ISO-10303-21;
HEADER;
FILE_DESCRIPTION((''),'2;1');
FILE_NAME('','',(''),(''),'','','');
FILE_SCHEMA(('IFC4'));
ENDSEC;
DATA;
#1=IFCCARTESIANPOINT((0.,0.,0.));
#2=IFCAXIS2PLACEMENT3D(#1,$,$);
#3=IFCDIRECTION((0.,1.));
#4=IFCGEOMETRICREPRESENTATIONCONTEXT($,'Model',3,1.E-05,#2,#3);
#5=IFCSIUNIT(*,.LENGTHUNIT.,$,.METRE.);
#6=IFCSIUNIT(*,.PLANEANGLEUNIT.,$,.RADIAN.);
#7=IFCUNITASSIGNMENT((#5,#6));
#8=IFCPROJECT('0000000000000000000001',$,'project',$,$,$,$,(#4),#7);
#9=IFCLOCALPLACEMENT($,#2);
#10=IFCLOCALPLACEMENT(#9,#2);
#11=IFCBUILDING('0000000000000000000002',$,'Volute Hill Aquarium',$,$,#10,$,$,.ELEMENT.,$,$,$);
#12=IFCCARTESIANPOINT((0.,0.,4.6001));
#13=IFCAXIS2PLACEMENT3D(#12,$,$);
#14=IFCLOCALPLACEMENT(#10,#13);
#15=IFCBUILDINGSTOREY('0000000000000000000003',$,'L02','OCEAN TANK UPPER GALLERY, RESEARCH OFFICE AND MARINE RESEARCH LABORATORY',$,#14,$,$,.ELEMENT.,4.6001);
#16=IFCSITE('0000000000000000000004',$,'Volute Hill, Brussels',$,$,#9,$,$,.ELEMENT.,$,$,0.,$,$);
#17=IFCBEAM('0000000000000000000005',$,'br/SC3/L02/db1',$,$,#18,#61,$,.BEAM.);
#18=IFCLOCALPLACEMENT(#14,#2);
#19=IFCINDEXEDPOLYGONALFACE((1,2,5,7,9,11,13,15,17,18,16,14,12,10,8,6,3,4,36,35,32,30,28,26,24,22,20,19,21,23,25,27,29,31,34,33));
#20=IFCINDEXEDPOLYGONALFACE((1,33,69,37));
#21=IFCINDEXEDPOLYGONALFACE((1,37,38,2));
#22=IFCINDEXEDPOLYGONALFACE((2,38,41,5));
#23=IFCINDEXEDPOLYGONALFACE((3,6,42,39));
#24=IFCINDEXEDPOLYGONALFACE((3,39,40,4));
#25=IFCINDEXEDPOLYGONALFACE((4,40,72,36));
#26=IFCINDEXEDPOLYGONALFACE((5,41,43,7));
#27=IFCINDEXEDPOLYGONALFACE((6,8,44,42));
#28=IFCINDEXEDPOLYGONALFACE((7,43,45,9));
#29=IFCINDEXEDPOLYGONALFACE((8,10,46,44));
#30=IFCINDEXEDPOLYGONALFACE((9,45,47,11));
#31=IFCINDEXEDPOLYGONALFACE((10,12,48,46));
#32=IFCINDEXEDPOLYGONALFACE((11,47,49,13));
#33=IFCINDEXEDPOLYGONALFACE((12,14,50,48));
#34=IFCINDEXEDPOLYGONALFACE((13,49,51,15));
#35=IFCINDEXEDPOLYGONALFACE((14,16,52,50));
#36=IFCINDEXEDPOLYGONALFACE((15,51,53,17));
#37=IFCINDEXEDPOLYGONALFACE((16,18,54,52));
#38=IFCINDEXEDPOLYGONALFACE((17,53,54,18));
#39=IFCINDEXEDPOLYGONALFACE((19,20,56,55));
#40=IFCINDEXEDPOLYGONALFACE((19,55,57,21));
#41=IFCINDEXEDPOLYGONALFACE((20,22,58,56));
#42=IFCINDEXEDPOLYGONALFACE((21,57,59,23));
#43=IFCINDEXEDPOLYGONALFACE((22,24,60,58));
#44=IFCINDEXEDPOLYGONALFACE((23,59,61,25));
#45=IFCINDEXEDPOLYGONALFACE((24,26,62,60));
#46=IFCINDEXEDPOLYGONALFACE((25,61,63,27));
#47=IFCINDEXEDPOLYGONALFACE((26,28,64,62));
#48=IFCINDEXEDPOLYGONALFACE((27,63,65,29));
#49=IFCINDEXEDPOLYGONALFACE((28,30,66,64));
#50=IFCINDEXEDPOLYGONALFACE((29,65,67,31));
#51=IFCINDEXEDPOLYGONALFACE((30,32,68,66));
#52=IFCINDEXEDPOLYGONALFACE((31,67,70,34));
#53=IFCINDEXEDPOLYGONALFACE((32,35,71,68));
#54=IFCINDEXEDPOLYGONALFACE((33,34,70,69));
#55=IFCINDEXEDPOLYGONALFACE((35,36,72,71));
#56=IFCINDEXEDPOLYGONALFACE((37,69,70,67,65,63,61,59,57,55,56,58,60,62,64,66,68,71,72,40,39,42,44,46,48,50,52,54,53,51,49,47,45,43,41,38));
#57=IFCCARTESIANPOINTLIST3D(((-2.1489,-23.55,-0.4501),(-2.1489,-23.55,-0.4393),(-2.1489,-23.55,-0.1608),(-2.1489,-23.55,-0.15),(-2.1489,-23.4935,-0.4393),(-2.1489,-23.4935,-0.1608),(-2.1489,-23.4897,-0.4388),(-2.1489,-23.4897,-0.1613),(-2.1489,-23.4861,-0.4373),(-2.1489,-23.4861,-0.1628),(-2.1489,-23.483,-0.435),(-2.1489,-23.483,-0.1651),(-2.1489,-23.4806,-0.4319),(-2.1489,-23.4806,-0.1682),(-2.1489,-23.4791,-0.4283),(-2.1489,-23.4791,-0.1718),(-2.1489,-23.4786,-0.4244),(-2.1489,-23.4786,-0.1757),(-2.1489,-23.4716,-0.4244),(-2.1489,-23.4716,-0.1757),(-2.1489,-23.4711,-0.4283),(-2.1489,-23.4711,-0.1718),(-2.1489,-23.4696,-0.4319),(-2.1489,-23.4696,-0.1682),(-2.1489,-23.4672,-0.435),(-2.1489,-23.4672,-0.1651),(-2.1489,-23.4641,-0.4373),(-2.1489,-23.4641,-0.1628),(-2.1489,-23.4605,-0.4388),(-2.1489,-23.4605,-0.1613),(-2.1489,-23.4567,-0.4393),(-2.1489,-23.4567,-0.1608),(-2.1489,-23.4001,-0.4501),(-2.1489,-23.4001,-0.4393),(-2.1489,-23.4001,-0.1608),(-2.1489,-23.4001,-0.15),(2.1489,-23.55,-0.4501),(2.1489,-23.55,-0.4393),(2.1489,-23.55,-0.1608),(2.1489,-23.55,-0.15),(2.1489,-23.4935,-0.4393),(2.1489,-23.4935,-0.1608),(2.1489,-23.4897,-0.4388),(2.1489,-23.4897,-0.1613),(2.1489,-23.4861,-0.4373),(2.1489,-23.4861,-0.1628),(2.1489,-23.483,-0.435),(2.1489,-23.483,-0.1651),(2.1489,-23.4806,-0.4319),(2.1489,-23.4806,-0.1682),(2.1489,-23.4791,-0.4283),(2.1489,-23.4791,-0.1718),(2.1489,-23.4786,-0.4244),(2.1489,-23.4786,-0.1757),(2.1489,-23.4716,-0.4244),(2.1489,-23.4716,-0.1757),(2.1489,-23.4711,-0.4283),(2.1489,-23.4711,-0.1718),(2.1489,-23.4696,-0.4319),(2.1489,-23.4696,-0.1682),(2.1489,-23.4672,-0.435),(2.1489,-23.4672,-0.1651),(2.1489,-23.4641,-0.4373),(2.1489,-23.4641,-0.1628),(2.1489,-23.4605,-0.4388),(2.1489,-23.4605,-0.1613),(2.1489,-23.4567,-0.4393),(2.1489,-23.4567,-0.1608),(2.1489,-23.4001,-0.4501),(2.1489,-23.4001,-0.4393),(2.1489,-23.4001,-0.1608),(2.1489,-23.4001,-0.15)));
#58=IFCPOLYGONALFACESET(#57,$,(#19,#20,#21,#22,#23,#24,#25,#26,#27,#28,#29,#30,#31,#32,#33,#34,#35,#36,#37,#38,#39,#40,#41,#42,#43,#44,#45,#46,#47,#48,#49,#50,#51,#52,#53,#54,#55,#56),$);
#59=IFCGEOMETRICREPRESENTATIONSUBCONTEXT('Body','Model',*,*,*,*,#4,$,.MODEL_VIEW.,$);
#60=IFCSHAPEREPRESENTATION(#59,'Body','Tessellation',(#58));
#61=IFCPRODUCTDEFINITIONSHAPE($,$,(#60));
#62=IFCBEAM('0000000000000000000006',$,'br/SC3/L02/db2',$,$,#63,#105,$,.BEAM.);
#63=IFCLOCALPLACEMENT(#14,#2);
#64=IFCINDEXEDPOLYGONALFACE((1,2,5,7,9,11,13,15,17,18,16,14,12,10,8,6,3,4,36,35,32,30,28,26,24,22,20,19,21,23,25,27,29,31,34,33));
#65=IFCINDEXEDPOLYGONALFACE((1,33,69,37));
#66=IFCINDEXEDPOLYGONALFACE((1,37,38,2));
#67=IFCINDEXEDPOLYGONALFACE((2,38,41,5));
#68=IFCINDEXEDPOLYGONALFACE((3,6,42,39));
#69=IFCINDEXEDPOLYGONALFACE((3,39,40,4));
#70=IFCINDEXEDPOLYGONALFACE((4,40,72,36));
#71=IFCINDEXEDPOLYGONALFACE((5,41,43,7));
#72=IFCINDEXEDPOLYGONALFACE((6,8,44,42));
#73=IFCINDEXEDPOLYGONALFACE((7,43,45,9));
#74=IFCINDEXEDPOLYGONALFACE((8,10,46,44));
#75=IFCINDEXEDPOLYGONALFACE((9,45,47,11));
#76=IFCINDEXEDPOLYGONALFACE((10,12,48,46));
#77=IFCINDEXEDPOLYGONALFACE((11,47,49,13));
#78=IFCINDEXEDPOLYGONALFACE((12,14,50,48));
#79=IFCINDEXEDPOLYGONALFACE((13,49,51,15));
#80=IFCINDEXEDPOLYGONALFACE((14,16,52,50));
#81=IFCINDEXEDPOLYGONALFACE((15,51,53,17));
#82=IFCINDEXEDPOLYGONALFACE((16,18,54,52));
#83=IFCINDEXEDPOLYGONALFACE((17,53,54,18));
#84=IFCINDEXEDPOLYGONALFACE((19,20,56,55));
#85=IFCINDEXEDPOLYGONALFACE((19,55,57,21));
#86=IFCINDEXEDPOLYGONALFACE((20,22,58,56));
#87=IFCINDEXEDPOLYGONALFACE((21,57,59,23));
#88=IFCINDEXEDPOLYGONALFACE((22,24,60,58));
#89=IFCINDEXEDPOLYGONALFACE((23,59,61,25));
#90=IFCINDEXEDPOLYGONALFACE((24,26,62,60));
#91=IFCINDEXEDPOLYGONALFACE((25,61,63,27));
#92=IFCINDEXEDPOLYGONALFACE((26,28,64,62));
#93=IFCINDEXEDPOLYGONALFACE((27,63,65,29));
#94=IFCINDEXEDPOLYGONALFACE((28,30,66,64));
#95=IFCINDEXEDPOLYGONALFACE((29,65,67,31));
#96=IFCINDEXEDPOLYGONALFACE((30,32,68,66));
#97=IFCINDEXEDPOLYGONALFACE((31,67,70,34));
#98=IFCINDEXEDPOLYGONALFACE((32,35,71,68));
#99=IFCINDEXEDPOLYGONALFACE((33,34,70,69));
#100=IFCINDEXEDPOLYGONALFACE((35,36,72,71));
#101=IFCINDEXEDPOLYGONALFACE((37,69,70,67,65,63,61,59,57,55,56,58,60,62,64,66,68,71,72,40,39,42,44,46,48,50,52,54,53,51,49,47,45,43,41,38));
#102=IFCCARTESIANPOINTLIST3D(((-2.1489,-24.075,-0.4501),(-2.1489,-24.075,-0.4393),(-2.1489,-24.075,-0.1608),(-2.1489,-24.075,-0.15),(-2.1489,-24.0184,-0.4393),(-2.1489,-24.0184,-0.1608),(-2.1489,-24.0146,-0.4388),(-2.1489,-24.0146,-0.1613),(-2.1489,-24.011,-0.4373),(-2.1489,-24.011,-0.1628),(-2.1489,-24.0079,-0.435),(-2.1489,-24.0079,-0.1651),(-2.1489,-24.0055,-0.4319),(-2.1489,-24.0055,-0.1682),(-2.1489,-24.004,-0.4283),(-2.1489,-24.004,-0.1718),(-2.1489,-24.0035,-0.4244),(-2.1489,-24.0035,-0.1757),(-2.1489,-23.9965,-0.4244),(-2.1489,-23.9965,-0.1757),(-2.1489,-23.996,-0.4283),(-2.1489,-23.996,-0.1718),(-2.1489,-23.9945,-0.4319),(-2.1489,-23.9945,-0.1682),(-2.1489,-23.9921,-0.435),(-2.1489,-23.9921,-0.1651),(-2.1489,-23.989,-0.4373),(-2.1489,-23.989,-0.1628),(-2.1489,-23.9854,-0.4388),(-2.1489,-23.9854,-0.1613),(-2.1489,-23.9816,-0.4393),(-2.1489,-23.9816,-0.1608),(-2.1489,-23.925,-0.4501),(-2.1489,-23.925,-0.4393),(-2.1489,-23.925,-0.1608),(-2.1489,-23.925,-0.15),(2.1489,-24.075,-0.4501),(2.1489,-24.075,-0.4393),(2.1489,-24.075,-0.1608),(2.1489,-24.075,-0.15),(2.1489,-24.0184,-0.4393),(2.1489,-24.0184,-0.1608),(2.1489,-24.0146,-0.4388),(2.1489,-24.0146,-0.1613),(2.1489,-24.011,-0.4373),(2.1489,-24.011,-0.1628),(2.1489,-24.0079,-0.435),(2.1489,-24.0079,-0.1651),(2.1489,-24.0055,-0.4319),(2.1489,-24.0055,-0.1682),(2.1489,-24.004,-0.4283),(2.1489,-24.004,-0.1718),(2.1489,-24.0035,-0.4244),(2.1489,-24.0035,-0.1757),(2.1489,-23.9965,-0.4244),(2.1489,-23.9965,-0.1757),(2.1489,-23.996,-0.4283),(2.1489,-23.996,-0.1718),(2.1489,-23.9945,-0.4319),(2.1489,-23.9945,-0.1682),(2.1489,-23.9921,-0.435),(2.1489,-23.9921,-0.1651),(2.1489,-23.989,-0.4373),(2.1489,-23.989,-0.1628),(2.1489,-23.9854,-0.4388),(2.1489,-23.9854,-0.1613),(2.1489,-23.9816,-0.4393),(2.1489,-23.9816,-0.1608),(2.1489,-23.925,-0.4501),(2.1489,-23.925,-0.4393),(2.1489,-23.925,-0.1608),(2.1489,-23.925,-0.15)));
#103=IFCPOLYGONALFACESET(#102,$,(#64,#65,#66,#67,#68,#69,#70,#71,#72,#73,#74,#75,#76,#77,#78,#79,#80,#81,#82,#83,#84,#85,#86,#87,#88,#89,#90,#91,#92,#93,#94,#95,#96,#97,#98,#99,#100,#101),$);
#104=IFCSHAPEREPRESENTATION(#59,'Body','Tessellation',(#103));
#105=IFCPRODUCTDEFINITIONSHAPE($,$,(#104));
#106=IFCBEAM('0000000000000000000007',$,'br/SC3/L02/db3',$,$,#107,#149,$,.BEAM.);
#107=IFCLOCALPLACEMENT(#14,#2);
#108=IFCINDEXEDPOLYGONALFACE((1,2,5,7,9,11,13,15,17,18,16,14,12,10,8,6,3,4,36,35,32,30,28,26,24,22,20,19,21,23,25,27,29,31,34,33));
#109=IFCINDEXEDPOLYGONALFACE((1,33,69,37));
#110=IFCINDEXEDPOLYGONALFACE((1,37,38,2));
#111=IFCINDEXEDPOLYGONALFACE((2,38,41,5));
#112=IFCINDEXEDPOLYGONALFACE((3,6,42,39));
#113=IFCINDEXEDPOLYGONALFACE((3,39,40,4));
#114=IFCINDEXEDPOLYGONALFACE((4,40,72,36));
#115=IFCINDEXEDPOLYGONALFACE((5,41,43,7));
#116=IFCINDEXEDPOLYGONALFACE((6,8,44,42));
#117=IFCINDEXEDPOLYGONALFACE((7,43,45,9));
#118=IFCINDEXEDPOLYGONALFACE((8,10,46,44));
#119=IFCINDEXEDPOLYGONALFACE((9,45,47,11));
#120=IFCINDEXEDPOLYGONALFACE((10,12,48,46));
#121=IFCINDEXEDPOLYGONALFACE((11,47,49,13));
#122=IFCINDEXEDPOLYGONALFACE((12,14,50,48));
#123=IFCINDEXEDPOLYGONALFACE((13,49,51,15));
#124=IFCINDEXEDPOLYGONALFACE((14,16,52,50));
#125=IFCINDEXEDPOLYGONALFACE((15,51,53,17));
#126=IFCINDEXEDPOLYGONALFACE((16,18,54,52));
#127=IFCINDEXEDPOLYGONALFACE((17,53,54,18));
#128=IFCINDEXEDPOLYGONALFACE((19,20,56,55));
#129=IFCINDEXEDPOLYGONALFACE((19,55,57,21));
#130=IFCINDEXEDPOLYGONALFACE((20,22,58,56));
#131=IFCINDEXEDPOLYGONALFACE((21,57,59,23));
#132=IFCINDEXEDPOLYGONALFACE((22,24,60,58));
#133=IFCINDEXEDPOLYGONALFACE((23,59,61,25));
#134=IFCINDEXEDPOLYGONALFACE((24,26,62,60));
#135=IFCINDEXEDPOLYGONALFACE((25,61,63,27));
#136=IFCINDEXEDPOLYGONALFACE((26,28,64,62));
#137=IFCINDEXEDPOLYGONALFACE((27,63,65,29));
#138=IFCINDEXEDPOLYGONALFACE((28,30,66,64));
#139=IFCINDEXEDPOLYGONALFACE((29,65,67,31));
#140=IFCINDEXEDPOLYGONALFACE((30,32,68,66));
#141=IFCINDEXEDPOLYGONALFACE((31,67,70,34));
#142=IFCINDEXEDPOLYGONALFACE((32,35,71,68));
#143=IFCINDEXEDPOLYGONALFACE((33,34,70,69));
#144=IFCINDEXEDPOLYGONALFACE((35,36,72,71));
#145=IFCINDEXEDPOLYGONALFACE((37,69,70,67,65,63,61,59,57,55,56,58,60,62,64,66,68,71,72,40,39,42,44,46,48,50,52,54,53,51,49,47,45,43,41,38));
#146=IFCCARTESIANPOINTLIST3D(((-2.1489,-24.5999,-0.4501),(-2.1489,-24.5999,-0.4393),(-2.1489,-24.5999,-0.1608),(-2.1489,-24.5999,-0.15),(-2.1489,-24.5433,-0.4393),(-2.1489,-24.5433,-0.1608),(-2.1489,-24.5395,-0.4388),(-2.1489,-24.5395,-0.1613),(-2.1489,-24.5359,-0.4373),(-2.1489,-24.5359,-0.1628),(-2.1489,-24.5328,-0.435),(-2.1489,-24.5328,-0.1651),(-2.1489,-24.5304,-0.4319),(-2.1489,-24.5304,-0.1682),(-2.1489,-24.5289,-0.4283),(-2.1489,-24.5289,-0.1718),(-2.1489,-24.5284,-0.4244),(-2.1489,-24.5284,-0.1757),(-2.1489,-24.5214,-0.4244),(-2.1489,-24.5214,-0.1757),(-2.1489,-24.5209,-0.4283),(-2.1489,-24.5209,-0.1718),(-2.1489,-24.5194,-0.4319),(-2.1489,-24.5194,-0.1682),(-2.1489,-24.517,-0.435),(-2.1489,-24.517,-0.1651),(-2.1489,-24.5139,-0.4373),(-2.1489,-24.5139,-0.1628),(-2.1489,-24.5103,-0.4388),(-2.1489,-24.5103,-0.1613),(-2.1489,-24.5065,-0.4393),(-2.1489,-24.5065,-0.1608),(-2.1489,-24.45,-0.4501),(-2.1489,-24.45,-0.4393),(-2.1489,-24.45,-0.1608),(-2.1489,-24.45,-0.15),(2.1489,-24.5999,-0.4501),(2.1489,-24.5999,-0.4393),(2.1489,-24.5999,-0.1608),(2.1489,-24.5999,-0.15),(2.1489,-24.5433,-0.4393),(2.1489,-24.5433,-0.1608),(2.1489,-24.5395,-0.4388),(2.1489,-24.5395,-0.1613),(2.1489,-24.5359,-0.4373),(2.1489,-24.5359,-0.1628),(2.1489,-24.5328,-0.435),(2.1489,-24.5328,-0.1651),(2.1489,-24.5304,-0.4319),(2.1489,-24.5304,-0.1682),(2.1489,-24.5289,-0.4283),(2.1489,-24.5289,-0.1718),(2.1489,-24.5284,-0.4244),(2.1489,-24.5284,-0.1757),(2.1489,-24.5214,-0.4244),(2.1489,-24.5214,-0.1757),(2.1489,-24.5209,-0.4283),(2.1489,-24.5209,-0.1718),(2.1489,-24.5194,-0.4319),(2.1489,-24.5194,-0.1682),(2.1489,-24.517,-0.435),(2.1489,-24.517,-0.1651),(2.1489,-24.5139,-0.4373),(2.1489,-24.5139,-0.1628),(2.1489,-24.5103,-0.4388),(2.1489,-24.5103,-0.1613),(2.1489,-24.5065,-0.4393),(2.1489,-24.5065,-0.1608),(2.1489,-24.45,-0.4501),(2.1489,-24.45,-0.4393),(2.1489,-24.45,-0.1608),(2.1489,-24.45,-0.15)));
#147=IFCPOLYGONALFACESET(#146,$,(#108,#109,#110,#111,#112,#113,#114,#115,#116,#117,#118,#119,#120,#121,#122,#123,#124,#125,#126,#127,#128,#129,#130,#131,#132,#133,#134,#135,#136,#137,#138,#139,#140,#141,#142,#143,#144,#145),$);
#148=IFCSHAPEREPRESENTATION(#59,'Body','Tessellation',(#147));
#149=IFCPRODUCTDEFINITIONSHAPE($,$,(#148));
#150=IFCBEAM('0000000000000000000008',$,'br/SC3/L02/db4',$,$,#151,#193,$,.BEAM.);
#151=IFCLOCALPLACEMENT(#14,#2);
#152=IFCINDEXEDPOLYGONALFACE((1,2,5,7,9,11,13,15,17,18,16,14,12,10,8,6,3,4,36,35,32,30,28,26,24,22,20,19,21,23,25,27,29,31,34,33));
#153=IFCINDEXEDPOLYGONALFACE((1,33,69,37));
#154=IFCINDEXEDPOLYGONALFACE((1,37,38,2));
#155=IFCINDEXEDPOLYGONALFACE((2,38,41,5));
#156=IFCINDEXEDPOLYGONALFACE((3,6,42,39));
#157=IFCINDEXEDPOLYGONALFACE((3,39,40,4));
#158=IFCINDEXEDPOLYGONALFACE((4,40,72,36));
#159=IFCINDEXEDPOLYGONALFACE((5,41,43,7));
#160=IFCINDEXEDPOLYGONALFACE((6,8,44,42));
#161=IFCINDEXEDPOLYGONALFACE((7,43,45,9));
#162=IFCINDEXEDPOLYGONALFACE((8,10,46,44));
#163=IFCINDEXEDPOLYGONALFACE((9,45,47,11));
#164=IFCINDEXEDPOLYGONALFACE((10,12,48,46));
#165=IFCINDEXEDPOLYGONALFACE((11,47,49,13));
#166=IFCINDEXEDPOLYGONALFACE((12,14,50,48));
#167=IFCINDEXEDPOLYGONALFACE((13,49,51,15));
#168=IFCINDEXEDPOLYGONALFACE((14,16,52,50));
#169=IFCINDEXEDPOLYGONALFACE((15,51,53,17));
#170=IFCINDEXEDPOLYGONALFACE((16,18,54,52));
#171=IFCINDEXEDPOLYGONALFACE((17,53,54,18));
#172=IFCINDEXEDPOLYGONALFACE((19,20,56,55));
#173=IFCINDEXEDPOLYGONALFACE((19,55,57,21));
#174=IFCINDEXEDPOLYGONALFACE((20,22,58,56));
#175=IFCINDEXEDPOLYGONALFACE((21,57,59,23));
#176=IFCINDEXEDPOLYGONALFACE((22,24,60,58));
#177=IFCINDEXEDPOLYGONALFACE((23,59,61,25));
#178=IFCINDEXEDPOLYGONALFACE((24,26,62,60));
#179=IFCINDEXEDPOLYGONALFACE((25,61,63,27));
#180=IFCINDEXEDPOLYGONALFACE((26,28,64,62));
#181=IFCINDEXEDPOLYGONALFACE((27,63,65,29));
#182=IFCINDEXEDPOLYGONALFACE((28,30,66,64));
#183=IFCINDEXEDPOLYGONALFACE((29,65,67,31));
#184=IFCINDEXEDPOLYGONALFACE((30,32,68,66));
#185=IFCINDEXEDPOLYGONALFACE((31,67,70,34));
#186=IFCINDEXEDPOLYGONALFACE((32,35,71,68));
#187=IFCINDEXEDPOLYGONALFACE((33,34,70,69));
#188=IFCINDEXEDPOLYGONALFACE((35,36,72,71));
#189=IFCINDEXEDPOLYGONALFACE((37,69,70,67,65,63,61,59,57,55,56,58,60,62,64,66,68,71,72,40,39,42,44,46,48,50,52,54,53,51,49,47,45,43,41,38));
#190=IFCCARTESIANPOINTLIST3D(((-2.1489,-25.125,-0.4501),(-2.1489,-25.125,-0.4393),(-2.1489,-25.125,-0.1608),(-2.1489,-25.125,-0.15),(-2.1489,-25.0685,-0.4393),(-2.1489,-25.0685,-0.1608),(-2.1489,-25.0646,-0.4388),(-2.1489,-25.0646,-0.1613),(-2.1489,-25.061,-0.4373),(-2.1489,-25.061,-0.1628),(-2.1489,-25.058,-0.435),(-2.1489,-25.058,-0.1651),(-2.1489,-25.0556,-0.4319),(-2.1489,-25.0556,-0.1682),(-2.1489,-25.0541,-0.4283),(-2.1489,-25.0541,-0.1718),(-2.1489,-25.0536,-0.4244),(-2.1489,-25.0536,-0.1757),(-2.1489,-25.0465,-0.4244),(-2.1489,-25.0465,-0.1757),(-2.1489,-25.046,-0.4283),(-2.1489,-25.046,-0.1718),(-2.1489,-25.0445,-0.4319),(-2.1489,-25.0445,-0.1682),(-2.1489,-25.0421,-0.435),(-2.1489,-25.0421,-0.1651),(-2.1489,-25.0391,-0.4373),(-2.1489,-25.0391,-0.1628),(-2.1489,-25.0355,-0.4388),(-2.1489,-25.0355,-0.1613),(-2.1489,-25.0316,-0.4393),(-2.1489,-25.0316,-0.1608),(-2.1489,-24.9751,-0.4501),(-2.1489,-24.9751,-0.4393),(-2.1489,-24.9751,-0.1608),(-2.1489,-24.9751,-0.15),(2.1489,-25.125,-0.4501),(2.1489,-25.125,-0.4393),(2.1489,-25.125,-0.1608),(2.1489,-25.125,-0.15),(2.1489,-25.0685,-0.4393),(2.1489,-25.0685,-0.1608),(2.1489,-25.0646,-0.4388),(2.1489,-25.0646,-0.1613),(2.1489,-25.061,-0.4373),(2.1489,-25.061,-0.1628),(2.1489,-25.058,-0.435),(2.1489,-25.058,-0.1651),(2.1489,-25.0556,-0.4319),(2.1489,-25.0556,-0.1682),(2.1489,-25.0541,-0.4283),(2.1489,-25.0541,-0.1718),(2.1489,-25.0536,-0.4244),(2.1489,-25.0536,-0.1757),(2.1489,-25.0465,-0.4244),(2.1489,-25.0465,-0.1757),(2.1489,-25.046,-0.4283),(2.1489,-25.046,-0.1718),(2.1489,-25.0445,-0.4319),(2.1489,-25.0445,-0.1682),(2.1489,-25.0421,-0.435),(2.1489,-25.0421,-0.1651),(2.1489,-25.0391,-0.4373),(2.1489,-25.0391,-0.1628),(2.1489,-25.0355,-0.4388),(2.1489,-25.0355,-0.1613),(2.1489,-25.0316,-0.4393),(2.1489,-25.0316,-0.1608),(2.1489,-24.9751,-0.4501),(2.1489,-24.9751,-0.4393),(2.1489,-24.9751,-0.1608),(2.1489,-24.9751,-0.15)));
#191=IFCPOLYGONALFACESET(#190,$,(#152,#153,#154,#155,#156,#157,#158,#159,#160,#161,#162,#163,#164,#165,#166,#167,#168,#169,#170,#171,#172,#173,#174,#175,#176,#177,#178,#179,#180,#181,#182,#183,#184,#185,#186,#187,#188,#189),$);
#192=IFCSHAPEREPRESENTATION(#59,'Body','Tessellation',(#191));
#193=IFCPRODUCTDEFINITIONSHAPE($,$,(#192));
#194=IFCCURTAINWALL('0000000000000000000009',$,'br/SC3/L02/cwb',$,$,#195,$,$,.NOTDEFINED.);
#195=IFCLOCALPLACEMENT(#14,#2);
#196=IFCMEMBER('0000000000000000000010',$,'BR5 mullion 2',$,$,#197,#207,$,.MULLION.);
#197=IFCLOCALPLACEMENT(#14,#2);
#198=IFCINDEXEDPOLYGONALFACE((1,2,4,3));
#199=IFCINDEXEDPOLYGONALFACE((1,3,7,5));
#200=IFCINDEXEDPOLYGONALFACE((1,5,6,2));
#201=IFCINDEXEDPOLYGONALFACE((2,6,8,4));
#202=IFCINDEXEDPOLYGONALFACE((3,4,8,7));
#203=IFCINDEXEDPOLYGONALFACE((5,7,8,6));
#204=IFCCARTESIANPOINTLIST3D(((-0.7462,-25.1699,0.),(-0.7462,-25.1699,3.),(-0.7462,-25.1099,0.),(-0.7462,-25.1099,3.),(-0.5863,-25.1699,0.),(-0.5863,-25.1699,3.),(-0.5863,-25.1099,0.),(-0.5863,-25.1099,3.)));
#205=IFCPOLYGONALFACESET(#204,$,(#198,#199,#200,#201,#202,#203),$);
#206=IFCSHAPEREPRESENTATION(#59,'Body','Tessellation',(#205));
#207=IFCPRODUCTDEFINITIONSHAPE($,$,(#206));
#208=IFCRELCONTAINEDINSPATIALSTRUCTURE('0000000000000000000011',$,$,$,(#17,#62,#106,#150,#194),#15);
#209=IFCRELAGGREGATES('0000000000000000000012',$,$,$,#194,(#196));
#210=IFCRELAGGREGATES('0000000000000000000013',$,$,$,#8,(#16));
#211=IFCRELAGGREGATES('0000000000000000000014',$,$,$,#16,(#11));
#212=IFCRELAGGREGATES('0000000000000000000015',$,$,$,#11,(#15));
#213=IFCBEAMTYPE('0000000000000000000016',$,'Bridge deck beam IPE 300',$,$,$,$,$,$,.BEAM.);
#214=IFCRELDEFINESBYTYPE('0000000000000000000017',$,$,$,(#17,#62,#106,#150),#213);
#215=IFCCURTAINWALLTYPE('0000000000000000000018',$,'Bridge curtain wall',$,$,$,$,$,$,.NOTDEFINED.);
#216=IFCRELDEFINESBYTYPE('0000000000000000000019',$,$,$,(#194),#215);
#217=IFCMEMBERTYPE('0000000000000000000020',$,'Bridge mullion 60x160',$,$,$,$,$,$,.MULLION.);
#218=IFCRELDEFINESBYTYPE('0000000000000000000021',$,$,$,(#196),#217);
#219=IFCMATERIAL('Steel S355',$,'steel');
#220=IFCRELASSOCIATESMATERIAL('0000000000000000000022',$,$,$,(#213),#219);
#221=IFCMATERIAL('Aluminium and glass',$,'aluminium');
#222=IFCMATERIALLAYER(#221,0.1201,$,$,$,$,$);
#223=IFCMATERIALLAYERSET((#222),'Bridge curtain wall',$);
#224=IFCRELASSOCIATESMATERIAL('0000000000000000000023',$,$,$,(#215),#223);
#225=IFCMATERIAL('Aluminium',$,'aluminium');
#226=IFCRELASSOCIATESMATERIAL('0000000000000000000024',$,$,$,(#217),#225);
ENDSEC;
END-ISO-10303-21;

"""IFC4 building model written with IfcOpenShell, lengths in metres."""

from ifc_helpers import new_model, si_unit, direction, frame, origin, origin_2d, place, context, subcontext, project, spatial, rectangle, i_section, extrude, material, layer, layer_set, material_profile, profile_set, type_object, element, aggregate, save


model = new_model("IFC4")

# Units and contexts
model_context = context("Model", 3, precision=1e-05, world=origin(), true_north=direction((0.0, 1.0)))
body_context = subcontext(model_context, "Body", "Model", "MODEL_VIEW")
ifc_project = project(units=[si_unit("LENGTHUNIT", "METRE"), si_unit("PLANEANGLEUNIT", "RADIAN")], contexts=[model_context])

# Site, building, storey
site_placement = place(None, origin())
site = spatial("IfcSite", under=ifc_project, at=site_placement, Name="Volute Hill, Brussels", CompositionType="ELEMENT", RefElevation=0.0)
building_placement = place(site_placement, origin())
building = spatial("IfcBuilding", under=site, at=building_placement, Name="Volute Hill Aquarium", CompositionType="ELEMENT")
storey_placement = place(building_placement, frame((0.0, 0.0, 4.6001)))
storey = spatial("IfcBuildingStorey", under=building, at=storey_placement, Name="L02", Description="OCEAN TANK UPPER GALLERY, RESEARCH OFFICE AND MARINE RESEARCH LABORATORY", CompositionType="ELEMENT", Elevation=4.6001)

# Beams
ifc_material_1 = material(Name="Steel S355", Category="steel")
ifc_material_profile_1 = material_profile(ifc_material_1, i_section(OverallWidth=0.1499, OverallDepth=0.3, WebThickness=0.0071, FlangeThickness=0.0107, FilletRadius=0.0149, at=origin_2d()), Name="IPE 300")
ifc_profile_set_1 = profile_set([ifc_material_profile_1], Name="Steel S355")
beam_type_1 = type_object("IfcBeamType", Name="Bridge deck beam IPE 300", PredefinedType="BEAM", material=ifc_profile_set_1)
for number, where, z_axis, x_axis, name in (
    (1, (-2.1489, -23.4751, -0.3), (1.0, 0.0, 0.0), (0.0, 1.0, 0.0), "br/SC3/L02/db1"),
    (2, (-2.1489, -24.0, -0.3), (1.0, 0.0, 0.0), (0.0, 1.0, 0.0), "br/SC3/L02/db2"),
    (3, (-2.1489, -24.5249, -0.3), (1.0, 0.0, 0.0), (0.0, 1.0, 0.0), "br/SC3/L02/db3"),
    (4, (-2.1489, -25.05, -0.3), (1.0, 0.0, 0.0), (0.0, 1.0, 0.0), "br/SC3/L02/db4"),
):
    element("IfcBeam", number, at=place(storey_placement, frame(where, z_axis=z_axis, x_axis=x_axis)), inside=storey, type_object=beam_type_1, Name=name, PredefinedType="BEAM", context=body_context, shape_type="SweptSolid", body=[
        extrude(i_section(OverallWidth=0.1499, OverallDepth=0.3, WebThickness=0.0071, FlangeThickness=0.0107, FilletRadius=0.0149, at=origin_2d()), origin(), (0.0, 0.0, 1.0), 4.2979),
    ])

# Curtain wall, member
ifc_material_2 = material(Name="Aluminium and glass", Category="aluminium")
ifc_layer_1 = layer(ifc_material_2, 0.1201)
ifc_layer_set_1 = layer_set([ifc_layer_1], Name="Bridge curtain wall")
curtain_wall_type = type_object("IfcCurtainWallType", Name="Bridge curtain wall", PredefinedType="NOTDEFINED", material=ifc_layer_set_1)
curtain_wall_placement = place(storey_placement, origin())
curtain_wall = element("IfcCurtainWall", 5, at=curtain_wall_placement, inside=storey, type_object=curtain_wall_type, Name="br/SC3/L02/cwb", PredefinedType="NOTDEFINED")
ifc_material_3 = material(Name="Aluminium", Category="aluminium")
ifc_material_profile_2 = material_profile(ifc_material_3, rectangle(XDim=0.0601, YDim=0.1599, at=origin_2d()), Name="Aluminium mullion 60x160")
ifc_profile_set_2 = profile_set([ifc_material_profile_2], Name="Aluminium")
member_type_1 = type_object("IfcMemberType", Name="Bridge mullion 60x160", PredefinedType="MULLION", material=ifc_profile_set_2)
member_1_placement = place(storey_placement, frame((-0.6663, -25.1399, 0.0), z_axis=(0.0, 0.0, 1.0), x_axis=(0.0, 1.0, 0.0)))
member_1 = element("IfcMember", 6, at=member_1_placement, type_object=member_type_1, Name="BR5 mullion 2", PredefinedType="MULLION", context=body_context, shape_type="SweptSolid", body=[
    extrude(rectangle(XDim=0.0601, YDim=0.1599, at=origin_2d()), origin(), (0.0, 0.0, 1.0), 3.0),
])

aggregate(curtain_wall, [member_1])

save(model, "model.ifc")
